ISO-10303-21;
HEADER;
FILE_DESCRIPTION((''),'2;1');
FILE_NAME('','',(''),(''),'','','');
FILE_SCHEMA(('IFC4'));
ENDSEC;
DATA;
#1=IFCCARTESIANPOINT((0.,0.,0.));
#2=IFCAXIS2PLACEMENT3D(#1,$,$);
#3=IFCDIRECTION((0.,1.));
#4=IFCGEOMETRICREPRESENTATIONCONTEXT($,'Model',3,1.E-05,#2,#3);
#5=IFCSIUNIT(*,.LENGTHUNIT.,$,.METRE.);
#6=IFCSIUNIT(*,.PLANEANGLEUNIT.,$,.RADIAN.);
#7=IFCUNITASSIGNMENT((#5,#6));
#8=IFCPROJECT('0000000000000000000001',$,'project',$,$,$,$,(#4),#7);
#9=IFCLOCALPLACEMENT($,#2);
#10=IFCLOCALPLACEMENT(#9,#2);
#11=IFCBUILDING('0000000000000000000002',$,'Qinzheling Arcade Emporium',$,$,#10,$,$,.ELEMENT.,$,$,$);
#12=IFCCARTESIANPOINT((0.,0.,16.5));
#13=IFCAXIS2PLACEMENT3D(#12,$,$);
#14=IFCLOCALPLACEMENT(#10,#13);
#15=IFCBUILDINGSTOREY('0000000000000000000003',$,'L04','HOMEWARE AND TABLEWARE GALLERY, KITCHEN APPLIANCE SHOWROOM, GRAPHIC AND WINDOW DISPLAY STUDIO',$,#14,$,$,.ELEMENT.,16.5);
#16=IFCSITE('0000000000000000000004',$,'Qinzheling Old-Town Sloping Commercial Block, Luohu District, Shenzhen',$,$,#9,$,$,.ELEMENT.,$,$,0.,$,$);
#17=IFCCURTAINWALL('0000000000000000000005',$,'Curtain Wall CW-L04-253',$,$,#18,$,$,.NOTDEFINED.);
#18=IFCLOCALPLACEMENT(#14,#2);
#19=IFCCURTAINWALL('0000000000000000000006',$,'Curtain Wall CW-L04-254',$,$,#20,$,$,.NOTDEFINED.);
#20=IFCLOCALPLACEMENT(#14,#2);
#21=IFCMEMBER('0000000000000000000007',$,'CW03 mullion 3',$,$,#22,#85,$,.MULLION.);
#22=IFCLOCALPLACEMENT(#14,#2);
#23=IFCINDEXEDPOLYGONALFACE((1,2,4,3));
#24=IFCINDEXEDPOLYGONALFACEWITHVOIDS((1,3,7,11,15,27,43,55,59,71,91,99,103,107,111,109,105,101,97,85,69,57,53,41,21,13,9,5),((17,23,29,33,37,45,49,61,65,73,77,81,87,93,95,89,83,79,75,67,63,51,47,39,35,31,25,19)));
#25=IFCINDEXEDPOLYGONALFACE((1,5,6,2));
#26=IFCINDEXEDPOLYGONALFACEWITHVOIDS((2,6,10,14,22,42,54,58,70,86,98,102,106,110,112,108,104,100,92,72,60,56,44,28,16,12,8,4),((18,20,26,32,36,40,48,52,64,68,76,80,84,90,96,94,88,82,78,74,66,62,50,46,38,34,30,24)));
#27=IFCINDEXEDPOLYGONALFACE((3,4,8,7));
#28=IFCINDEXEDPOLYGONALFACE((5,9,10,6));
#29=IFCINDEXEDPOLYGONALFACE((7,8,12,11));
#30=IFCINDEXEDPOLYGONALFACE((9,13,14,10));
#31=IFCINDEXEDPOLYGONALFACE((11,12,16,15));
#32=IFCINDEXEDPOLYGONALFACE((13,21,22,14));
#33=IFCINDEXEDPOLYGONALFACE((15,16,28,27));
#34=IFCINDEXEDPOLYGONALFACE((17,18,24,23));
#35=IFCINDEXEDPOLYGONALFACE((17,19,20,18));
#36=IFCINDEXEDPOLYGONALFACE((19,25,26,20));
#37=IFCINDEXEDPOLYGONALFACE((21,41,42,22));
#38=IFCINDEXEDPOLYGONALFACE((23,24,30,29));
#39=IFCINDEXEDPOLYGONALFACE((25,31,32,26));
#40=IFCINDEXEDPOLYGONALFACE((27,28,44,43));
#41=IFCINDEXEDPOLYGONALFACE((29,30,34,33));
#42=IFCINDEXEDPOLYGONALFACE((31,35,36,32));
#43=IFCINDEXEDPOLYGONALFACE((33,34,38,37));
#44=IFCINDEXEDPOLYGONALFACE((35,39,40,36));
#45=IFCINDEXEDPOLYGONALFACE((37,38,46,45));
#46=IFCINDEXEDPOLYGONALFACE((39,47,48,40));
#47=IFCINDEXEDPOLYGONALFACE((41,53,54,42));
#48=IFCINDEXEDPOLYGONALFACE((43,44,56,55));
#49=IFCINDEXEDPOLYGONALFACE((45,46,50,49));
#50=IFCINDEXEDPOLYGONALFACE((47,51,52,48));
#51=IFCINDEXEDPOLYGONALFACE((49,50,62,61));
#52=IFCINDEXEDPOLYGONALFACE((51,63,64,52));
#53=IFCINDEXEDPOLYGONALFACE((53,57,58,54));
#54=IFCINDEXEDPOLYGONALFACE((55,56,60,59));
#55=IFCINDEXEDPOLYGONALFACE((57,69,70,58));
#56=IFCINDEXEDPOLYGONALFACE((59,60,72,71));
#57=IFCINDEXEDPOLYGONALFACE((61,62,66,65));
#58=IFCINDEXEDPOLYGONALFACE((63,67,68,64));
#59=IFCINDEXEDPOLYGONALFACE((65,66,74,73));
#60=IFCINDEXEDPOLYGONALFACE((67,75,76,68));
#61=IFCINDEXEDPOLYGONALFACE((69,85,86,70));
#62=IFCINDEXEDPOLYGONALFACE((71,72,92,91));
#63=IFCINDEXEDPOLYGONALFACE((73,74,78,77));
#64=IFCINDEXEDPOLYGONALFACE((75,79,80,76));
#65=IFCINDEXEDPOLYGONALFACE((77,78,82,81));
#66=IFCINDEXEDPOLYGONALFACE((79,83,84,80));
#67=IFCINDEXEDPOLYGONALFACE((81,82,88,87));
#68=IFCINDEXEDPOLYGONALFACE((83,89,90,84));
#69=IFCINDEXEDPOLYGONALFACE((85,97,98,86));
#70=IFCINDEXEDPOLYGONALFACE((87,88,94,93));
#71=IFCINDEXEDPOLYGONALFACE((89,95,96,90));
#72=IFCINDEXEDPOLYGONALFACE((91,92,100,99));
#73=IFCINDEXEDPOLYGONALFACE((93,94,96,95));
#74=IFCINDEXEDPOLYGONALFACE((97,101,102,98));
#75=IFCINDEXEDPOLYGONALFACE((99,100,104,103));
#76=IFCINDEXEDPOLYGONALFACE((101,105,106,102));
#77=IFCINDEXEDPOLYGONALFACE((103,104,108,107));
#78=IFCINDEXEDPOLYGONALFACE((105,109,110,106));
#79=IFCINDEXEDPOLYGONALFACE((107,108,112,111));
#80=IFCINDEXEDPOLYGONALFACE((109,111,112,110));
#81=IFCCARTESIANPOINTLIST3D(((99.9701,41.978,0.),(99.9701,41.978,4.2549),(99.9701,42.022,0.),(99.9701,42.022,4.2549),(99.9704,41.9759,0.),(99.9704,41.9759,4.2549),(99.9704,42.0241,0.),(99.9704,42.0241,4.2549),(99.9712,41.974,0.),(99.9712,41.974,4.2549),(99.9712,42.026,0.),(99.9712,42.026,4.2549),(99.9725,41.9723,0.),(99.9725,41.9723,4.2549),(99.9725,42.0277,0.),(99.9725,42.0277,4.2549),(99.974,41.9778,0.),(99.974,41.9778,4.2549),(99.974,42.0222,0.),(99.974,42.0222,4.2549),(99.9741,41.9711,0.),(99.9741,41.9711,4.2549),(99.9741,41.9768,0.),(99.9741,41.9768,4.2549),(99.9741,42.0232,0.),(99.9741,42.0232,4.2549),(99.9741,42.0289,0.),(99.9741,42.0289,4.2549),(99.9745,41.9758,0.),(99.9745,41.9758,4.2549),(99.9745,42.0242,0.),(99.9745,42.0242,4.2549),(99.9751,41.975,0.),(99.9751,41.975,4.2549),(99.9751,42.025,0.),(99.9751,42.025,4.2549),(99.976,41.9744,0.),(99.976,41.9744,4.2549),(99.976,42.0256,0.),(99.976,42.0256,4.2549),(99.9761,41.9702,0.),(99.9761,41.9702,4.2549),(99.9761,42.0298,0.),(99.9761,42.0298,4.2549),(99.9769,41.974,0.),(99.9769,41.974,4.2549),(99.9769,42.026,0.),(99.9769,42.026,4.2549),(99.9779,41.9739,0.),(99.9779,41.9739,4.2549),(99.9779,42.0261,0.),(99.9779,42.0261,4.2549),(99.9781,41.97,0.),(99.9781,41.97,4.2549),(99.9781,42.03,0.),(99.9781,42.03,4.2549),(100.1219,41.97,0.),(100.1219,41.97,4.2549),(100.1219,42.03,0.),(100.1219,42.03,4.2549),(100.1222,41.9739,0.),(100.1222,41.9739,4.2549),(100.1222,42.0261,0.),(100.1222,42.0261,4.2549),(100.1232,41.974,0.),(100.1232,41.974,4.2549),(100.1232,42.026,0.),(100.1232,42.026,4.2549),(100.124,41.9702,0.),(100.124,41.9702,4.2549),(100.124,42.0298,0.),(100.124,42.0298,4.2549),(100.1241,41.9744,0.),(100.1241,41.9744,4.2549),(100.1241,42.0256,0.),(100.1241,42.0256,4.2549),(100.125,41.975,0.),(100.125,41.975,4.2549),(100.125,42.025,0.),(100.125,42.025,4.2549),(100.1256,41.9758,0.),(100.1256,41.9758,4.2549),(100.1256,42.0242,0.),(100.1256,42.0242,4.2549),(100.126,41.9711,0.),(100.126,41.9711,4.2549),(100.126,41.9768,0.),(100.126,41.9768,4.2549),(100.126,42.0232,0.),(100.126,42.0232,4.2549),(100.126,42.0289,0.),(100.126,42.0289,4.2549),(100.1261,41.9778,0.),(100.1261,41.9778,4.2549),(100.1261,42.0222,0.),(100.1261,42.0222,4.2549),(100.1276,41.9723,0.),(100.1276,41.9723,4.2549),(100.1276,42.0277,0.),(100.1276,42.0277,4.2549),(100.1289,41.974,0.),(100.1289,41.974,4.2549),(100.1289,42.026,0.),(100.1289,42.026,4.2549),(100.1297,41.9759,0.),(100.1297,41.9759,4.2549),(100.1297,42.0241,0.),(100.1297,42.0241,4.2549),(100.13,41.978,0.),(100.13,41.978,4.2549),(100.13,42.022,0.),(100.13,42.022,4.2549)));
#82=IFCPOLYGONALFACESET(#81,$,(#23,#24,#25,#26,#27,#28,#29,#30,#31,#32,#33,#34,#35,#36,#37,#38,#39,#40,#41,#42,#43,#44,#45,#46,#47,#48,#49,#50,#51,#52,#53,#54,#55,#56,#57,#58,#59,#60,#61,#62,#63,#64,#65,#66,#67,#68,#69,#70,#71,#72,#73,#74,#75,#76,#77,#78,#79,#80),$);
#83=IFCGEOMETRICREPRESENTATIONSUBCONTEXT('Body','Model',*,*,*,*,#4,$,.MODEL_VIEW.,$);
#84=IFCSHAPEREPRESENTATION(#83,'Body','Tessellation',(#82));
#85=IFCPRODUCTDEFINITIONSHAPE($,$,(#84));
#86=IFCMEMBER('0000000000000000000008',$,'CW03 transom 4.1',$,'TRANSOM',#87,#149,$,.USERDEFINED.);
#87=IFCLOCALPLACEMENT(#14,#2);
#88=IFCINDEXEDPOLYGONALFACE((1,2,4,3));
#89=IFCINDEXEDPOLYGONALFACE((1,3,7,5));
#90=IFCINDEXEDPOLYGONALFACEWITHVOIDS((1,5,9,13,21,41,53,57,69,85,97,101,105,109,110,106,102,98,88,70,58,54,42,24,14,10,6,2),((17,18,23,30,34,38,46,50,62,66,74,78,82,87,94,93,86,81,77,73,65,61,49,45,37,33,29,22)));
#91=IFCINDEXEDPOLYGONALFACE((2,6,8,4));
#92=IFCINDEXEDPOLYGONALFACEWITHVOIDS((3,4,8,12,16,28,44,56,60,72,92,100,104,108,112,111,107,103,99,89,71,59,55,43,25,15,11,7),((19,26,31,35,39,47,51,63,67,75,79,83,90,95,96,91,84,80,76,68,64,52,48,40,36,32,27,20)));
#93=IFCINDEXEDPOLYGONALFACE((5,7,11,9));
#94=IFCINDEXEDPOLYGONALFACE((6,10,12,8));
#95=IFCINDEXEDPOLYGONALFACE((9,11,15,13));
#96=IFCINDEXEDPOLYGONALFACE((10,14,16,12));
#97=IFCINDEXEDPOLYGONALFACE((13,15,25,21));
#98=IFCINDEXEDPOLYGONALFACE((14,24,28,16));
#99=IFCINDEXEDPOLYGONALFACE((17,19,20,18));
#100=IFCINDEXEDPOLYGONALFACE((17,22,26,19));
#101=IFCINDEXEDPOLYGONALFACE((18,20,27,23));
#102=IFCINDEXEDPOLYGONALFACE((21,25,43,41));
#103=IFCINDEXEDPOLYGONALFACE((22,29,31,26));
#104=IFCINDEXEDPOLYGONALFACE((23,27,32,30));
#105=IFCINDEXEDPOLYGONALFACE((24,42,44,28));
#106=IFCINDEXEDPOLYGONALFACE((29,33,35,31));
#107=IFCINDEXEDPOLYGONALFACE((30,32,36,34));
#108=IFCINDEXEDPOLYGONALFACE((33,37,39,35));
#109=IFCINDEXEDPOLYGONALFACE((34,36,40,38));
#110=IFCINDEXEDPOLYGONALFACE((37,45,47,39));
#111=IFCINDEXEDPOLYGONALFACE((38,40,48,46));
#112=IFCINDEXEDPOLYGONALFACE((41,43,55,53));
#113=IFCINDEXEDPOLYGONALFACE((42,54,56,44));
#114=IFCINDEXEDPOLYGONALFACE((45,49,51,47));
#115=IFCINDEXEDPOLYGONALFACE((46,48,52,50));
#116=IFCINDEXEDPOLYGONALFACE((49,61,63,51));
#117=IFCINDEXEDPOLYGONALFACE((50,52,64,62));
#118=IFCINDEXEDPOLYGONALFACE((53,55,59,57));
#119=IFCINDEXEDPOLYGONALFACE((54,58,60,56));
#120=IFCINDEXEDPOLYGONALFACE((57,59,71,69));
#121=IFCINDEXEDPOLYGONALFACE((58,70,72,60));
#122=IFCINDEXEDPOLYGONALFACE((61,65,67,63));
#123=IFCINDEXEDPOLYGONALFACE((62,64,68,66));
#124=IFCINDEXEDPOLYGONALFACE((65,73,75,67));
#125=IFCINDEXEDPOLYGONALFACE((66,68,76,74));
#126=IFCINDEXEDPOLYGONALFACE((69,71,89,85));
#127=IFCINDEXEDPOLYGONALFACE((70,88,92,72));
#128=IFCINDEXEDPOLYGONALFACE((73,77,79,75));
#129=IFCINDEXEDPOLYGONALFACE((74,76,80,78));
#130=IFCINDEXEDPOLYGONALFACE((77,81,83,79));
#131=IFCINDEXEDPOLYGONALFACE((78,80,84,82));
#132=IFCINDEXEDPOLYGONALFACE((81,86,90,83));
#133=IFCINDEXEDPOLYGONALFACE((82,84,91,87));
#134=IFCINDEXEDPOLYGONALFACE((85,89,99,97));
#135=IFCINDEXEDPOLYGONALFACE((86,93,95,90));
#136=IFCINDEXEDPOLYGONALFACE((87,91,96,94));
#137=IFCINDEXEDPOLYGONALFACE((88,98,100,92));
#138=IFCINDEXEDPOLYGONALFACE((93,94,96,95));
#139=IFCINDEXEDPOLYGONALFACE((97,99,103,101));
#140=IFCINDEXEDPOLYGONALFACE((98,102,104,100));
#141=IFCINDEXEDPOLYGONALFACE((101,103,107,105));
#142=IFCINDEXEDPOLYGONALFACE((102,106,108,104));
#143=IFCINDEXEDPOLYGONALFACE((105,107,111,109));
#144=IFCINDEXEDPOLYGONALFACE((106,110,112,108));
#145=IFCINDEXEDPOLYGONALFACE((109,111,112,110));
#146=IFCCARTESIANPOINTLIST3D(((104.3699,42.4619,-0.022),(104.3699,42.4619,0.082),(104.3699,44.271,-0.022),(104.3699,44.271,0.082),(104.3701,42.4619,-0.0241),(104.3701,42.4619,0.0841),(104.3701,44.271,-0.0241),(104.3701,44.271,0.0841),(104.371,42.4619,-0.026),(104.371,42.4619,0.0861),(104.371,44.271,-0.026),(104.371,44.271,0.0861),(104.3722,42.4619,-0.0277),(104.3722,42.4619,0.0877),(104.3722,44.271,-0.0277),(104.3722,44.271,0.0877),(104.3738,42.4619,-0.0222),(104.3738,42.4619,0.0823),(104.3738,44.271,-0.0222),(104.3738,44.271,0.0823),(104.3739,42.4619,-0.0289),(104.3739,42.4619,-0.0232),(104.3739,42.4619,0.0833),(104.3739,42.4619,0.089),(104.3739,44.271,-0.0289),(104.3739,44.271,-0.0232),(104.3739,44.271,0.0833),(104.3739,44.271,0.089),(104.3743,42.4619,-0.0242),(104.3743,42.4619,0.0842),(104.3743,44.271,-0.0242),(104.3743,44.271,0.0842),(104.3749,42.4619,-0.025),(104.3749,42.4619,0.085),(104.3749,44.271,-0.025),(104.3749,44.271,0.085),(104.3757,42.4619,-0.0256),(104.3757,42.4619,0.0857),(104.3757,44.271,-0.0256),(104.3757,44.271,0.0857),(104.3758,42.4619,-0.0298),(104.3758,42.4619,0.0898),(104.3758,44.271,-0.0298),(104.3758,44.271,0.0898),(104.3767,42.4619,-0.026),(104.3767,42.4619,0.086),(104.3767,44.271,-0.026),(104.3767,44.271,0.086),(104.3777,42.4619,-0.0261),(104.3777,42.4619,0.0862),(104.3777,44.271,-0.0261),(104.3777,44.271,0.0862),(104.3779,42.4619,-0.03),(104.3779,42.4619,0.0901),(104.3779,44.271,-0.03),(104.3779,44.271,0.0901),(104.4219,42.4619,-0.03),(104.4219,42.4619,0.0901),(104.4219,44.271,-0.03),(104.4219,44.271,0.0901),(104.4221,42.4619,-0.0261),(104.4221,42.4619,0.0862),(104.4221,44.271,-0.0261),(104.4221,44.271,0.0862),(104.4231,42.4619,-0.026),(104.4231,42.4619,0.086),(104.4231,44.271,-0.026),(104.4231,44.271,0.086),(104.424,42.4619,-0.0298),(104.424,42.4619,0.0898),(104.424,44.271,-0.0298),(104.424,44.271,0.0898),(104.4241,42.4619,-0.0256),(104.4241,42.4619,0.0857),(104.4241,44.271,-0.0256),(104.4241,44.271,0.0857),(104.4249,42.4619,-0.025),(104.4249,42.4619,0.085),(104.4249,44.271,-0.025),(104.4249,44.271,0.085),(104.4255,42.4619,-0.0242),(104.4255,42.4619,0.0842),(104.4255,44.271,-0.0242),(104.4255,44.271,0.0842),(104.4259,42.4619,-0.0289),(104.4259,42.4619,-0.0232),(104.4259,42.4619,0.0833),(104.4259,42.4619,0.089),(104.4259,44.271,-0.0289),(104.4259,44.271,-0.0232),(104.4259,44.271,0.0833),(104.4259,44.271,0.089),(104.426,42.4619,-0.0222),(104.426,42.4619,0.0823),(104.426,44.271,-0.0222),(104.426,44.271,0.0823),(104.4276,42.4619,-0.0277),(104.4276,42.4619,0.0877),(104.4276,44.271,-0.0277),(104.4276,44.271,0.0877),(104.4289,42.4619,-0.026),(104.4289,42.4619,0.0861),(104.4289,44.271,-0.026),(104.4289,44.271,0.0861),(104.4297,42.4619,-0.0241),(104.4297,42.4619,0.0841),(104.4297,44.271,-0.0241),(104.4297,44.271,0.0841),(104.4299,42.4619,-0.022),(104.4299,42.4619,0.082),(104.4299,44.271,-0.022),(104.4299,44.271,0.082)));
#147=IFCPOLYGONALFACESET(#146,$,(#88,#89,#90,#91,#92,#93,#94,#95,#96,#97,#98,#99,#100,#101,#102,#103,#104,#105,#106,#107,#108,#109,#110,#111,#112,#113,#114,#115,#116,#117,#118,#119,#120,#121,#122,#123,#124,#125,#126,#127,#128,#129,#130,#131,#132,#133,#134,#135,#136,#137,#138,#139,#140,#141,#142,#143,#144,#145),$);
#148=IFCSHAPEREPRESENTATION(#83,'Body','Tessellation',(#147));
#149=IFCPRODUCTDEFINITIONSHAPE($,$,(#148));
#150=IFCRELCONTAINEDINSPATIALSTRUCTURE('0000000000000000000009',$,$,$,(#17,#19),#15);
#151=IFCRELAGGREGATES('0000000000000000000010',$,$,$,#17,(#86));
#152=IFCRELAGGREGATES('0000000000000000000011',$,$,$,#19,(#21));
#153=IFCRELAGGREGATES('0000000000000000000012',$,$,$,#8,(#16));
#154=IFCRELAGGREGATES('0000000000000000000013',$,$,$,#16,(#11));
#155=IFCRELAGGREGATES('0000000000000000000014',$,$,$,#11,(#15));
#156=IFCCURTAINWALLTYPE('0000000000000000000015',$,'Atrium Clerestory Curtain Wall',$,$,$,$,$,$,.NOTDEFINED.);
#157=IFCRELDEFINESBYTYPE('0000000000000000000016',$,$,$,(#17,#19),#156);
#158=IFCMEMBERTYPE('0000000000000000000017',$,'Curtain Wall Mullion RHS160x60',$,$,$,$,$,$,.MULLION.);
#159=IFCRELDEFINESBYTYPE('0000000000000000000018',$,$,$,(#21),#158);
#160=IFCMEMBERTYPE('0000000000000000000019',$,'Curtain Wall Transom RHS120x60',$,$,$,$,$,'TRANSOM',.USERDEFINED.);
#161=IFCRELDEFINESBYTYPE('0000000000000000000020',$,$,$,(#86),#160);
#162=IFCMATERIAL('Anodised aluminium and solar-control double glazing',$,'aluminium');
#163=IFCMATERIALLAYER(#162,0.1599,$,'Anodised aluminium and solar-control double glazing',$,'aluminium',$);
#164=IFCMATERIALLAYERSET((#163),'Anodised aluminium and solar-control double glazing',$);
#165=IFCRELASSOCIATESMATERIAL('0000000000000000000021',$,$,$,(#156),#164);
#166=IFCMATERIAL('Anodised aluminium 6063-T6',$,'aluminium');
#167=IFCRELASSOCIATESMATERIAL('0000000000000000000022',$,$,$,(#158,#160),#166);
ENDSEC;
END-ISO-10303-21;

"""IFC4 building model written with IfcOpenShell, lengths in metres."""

from ifc_helpers import new_model, si_unit, direction, frame, origin, origin_2d, place, context, subcontext, project, spatial, hollow_rectangle, extrude, material, layer, layer_set, material_profile, profile_set, type_object, element, aggregate, save


model = new_model("IFC4")

# Units and contexts
model_context = context("Model", 3, precision=1e-05, world=origin(), true_north=direction((0.0, 1.0)))
body_context = subcontext(model_context, "Body", "Model", "MODEL_VIEW")
ifc_project = project(units=[si_unit("LENGTHUNIT", "METRE"), si_unit("PLANEANGLEUNIT", "RADIAN")], contexts=[model_context])

# Site, building, storey
site_placement = place(None, origin())
site = spatial("IfcSite", under=ifc_project, at=site_placement, Name="Qinzheling Old-Town Sloping Commercial Block, Luohu District, Shenzhen", CompositionType="ELEMENT", RefElevation=0.0)
building_placement = place(site_placement, origin())
building = spatial("IfcBuilding", under=site, at=building_placement, Name="Qinzheling Arcade Emporium", CompositionType="ELEMENT")
storey_placement = place(building_placement, frame((0.0, 0.0, 16.5)))
storey = spatial("IfcBuildingStorey", under=building, at=storey_placement, Name="L04", Description="HOMEWARE AND TABLEWARE GALLERY, KITCHEN APPLIANCE SHOWROOM, GRAPHIC AND WINDOW DISPLAY STUDIO", CompositionType="ELEMENT", Elevation=16.5)

# Curtain walls, member
ifc_material_1 = material(Name="Anodised aluminium and solar-control double glazing", Category="aluminium")
ifc_layer_1 = layer(ifc_material_1, 0.1599, Name="Anodised aluminium and solar-control double glazing", Category="aluminium")
ifc_layer_set_1 = layer_set([ifc_layer_1], Name="Anodised aluminium and solar-control double glazing")
curtain_wall_type = type_object("IfcCurtainWallType", Name="Atrium Clerestory Curtain Wall", PredefinedType="NOTDEFINED", material=ifc_layer_set_1)
curtain_wall_1_placement = place(storey_placement, origin())
curtain_wall_1 = element("IfcCurtainWall", 1, at=curtain_wall_1_placement, inside=storey, type_object=curtain_wall_type, Name="Curtain Wall CW-L04-253", PredefinedType="NOTDEFINED")
ifc_material_2 = material(Name="Anodised aluminium 6063-T6", Category="aluminium")
ifc_material_profile_1 = material_profile(ifc_material_2, hollow_rectangle(XDim=0.0601, YDim=0.1599, WallThickness=0.0039, InnerFilletRadius=0.0039, OuterFilletRadius=0.0081, at=origin_2d()), Name="RHS 160x60x4", Category="aluminium")
ifc_profile_set_1 = profile_set([ifc_material_profile_1], Name="Anodised aluminium 6063-T6")
member_type_1 = type_object("IfcMemberType", Name="Curtain Wall Mullion RHS160x60", PredefinedType="MULLION", material=ifc_profile_set_1)
curtain_wall_2_placement = place(storey_placement, origin())
curtain_wall_2 = element("IfcCurtainWall", 2, at=curtain_wall_2_placement, inside=storey, type_object=curtain_wall_type, Name="Curtain Wall CW-L04-254", PredefinedType="NOTDEFINED")
member_1_placement = place(storey_placement, frame((100.05, 42.0, 0.0), z_axis=(0.0, 0.0, 1.0), x_axis=(0.0, -1.0, 0.0)))
member_1 = element("IfcMember", 3, at=member_1_placement, type_object=member_type_1, Name="CW03 mullion 3", PredefinedType="MULLION", context=body_context, shape_type="SweptSolid", body=[
    extrude(hollow_rectangle(XDim=0.0601, YDim=0.1599, WallThickness=0.0039, InnerFilletRadius=0.0039, OuterFilletRadius=0.0081, at=origin_2d()), origin(), (0.0, 0.0, 1.0), 4.2549),
])

# Member
ifc_material_profile_2 = material_profile(ifc_material_2, hollow_rectangle(XDim=0.0601, YDim=0.1201, WallThickness=0.0039, InnerFilletRadius=0.0039, OuterFilletRadius=0.0081, at=origin_2d()), Name="RHS 120x60x4", Category="aluminium")
ifc_profile_set_2 = profile_set([ifc_material_profile_2], Name="Anodised aluminium 6063-T6")
member_type_2 = type_object("IfcMemberType", Name="Curtain Wall Transom RHS120x60", ElementType="TRANSOM", PredefinedType="USERDEFINED", material=ifc_profile_set_2)
member_2_placement = place(storey_placement, frame((104.3999, 44.271, 0.03), z_axis=(0.0, -1.0, 0.0), x_axis=(1.0, 0.0, 0.0)))
member_2 = element("IfcMember", 4, at=member_2_placement, type_object=member_type_2, Name="CW03 transom 4.1", ObjectType="TRANSOM", PredefinedType="USERDEFINED", context=body_context, shape_type="SweptSolid", body=[
    extrude(hollow_rectangle(XDim=0.0601, YDim=0.1201, WallThickness=0.0039, InnerFilletRadius=0.0039, OuterFilletRadius=0.0081, at=origin_2d()), origin(), (0.0, 0.0, 1.0), 1.8091),
])

aggregate(curtain_wall_1, [member_2])
aggregate(curtain_wall_2, [member_1])

save(model, "model.ifc")
